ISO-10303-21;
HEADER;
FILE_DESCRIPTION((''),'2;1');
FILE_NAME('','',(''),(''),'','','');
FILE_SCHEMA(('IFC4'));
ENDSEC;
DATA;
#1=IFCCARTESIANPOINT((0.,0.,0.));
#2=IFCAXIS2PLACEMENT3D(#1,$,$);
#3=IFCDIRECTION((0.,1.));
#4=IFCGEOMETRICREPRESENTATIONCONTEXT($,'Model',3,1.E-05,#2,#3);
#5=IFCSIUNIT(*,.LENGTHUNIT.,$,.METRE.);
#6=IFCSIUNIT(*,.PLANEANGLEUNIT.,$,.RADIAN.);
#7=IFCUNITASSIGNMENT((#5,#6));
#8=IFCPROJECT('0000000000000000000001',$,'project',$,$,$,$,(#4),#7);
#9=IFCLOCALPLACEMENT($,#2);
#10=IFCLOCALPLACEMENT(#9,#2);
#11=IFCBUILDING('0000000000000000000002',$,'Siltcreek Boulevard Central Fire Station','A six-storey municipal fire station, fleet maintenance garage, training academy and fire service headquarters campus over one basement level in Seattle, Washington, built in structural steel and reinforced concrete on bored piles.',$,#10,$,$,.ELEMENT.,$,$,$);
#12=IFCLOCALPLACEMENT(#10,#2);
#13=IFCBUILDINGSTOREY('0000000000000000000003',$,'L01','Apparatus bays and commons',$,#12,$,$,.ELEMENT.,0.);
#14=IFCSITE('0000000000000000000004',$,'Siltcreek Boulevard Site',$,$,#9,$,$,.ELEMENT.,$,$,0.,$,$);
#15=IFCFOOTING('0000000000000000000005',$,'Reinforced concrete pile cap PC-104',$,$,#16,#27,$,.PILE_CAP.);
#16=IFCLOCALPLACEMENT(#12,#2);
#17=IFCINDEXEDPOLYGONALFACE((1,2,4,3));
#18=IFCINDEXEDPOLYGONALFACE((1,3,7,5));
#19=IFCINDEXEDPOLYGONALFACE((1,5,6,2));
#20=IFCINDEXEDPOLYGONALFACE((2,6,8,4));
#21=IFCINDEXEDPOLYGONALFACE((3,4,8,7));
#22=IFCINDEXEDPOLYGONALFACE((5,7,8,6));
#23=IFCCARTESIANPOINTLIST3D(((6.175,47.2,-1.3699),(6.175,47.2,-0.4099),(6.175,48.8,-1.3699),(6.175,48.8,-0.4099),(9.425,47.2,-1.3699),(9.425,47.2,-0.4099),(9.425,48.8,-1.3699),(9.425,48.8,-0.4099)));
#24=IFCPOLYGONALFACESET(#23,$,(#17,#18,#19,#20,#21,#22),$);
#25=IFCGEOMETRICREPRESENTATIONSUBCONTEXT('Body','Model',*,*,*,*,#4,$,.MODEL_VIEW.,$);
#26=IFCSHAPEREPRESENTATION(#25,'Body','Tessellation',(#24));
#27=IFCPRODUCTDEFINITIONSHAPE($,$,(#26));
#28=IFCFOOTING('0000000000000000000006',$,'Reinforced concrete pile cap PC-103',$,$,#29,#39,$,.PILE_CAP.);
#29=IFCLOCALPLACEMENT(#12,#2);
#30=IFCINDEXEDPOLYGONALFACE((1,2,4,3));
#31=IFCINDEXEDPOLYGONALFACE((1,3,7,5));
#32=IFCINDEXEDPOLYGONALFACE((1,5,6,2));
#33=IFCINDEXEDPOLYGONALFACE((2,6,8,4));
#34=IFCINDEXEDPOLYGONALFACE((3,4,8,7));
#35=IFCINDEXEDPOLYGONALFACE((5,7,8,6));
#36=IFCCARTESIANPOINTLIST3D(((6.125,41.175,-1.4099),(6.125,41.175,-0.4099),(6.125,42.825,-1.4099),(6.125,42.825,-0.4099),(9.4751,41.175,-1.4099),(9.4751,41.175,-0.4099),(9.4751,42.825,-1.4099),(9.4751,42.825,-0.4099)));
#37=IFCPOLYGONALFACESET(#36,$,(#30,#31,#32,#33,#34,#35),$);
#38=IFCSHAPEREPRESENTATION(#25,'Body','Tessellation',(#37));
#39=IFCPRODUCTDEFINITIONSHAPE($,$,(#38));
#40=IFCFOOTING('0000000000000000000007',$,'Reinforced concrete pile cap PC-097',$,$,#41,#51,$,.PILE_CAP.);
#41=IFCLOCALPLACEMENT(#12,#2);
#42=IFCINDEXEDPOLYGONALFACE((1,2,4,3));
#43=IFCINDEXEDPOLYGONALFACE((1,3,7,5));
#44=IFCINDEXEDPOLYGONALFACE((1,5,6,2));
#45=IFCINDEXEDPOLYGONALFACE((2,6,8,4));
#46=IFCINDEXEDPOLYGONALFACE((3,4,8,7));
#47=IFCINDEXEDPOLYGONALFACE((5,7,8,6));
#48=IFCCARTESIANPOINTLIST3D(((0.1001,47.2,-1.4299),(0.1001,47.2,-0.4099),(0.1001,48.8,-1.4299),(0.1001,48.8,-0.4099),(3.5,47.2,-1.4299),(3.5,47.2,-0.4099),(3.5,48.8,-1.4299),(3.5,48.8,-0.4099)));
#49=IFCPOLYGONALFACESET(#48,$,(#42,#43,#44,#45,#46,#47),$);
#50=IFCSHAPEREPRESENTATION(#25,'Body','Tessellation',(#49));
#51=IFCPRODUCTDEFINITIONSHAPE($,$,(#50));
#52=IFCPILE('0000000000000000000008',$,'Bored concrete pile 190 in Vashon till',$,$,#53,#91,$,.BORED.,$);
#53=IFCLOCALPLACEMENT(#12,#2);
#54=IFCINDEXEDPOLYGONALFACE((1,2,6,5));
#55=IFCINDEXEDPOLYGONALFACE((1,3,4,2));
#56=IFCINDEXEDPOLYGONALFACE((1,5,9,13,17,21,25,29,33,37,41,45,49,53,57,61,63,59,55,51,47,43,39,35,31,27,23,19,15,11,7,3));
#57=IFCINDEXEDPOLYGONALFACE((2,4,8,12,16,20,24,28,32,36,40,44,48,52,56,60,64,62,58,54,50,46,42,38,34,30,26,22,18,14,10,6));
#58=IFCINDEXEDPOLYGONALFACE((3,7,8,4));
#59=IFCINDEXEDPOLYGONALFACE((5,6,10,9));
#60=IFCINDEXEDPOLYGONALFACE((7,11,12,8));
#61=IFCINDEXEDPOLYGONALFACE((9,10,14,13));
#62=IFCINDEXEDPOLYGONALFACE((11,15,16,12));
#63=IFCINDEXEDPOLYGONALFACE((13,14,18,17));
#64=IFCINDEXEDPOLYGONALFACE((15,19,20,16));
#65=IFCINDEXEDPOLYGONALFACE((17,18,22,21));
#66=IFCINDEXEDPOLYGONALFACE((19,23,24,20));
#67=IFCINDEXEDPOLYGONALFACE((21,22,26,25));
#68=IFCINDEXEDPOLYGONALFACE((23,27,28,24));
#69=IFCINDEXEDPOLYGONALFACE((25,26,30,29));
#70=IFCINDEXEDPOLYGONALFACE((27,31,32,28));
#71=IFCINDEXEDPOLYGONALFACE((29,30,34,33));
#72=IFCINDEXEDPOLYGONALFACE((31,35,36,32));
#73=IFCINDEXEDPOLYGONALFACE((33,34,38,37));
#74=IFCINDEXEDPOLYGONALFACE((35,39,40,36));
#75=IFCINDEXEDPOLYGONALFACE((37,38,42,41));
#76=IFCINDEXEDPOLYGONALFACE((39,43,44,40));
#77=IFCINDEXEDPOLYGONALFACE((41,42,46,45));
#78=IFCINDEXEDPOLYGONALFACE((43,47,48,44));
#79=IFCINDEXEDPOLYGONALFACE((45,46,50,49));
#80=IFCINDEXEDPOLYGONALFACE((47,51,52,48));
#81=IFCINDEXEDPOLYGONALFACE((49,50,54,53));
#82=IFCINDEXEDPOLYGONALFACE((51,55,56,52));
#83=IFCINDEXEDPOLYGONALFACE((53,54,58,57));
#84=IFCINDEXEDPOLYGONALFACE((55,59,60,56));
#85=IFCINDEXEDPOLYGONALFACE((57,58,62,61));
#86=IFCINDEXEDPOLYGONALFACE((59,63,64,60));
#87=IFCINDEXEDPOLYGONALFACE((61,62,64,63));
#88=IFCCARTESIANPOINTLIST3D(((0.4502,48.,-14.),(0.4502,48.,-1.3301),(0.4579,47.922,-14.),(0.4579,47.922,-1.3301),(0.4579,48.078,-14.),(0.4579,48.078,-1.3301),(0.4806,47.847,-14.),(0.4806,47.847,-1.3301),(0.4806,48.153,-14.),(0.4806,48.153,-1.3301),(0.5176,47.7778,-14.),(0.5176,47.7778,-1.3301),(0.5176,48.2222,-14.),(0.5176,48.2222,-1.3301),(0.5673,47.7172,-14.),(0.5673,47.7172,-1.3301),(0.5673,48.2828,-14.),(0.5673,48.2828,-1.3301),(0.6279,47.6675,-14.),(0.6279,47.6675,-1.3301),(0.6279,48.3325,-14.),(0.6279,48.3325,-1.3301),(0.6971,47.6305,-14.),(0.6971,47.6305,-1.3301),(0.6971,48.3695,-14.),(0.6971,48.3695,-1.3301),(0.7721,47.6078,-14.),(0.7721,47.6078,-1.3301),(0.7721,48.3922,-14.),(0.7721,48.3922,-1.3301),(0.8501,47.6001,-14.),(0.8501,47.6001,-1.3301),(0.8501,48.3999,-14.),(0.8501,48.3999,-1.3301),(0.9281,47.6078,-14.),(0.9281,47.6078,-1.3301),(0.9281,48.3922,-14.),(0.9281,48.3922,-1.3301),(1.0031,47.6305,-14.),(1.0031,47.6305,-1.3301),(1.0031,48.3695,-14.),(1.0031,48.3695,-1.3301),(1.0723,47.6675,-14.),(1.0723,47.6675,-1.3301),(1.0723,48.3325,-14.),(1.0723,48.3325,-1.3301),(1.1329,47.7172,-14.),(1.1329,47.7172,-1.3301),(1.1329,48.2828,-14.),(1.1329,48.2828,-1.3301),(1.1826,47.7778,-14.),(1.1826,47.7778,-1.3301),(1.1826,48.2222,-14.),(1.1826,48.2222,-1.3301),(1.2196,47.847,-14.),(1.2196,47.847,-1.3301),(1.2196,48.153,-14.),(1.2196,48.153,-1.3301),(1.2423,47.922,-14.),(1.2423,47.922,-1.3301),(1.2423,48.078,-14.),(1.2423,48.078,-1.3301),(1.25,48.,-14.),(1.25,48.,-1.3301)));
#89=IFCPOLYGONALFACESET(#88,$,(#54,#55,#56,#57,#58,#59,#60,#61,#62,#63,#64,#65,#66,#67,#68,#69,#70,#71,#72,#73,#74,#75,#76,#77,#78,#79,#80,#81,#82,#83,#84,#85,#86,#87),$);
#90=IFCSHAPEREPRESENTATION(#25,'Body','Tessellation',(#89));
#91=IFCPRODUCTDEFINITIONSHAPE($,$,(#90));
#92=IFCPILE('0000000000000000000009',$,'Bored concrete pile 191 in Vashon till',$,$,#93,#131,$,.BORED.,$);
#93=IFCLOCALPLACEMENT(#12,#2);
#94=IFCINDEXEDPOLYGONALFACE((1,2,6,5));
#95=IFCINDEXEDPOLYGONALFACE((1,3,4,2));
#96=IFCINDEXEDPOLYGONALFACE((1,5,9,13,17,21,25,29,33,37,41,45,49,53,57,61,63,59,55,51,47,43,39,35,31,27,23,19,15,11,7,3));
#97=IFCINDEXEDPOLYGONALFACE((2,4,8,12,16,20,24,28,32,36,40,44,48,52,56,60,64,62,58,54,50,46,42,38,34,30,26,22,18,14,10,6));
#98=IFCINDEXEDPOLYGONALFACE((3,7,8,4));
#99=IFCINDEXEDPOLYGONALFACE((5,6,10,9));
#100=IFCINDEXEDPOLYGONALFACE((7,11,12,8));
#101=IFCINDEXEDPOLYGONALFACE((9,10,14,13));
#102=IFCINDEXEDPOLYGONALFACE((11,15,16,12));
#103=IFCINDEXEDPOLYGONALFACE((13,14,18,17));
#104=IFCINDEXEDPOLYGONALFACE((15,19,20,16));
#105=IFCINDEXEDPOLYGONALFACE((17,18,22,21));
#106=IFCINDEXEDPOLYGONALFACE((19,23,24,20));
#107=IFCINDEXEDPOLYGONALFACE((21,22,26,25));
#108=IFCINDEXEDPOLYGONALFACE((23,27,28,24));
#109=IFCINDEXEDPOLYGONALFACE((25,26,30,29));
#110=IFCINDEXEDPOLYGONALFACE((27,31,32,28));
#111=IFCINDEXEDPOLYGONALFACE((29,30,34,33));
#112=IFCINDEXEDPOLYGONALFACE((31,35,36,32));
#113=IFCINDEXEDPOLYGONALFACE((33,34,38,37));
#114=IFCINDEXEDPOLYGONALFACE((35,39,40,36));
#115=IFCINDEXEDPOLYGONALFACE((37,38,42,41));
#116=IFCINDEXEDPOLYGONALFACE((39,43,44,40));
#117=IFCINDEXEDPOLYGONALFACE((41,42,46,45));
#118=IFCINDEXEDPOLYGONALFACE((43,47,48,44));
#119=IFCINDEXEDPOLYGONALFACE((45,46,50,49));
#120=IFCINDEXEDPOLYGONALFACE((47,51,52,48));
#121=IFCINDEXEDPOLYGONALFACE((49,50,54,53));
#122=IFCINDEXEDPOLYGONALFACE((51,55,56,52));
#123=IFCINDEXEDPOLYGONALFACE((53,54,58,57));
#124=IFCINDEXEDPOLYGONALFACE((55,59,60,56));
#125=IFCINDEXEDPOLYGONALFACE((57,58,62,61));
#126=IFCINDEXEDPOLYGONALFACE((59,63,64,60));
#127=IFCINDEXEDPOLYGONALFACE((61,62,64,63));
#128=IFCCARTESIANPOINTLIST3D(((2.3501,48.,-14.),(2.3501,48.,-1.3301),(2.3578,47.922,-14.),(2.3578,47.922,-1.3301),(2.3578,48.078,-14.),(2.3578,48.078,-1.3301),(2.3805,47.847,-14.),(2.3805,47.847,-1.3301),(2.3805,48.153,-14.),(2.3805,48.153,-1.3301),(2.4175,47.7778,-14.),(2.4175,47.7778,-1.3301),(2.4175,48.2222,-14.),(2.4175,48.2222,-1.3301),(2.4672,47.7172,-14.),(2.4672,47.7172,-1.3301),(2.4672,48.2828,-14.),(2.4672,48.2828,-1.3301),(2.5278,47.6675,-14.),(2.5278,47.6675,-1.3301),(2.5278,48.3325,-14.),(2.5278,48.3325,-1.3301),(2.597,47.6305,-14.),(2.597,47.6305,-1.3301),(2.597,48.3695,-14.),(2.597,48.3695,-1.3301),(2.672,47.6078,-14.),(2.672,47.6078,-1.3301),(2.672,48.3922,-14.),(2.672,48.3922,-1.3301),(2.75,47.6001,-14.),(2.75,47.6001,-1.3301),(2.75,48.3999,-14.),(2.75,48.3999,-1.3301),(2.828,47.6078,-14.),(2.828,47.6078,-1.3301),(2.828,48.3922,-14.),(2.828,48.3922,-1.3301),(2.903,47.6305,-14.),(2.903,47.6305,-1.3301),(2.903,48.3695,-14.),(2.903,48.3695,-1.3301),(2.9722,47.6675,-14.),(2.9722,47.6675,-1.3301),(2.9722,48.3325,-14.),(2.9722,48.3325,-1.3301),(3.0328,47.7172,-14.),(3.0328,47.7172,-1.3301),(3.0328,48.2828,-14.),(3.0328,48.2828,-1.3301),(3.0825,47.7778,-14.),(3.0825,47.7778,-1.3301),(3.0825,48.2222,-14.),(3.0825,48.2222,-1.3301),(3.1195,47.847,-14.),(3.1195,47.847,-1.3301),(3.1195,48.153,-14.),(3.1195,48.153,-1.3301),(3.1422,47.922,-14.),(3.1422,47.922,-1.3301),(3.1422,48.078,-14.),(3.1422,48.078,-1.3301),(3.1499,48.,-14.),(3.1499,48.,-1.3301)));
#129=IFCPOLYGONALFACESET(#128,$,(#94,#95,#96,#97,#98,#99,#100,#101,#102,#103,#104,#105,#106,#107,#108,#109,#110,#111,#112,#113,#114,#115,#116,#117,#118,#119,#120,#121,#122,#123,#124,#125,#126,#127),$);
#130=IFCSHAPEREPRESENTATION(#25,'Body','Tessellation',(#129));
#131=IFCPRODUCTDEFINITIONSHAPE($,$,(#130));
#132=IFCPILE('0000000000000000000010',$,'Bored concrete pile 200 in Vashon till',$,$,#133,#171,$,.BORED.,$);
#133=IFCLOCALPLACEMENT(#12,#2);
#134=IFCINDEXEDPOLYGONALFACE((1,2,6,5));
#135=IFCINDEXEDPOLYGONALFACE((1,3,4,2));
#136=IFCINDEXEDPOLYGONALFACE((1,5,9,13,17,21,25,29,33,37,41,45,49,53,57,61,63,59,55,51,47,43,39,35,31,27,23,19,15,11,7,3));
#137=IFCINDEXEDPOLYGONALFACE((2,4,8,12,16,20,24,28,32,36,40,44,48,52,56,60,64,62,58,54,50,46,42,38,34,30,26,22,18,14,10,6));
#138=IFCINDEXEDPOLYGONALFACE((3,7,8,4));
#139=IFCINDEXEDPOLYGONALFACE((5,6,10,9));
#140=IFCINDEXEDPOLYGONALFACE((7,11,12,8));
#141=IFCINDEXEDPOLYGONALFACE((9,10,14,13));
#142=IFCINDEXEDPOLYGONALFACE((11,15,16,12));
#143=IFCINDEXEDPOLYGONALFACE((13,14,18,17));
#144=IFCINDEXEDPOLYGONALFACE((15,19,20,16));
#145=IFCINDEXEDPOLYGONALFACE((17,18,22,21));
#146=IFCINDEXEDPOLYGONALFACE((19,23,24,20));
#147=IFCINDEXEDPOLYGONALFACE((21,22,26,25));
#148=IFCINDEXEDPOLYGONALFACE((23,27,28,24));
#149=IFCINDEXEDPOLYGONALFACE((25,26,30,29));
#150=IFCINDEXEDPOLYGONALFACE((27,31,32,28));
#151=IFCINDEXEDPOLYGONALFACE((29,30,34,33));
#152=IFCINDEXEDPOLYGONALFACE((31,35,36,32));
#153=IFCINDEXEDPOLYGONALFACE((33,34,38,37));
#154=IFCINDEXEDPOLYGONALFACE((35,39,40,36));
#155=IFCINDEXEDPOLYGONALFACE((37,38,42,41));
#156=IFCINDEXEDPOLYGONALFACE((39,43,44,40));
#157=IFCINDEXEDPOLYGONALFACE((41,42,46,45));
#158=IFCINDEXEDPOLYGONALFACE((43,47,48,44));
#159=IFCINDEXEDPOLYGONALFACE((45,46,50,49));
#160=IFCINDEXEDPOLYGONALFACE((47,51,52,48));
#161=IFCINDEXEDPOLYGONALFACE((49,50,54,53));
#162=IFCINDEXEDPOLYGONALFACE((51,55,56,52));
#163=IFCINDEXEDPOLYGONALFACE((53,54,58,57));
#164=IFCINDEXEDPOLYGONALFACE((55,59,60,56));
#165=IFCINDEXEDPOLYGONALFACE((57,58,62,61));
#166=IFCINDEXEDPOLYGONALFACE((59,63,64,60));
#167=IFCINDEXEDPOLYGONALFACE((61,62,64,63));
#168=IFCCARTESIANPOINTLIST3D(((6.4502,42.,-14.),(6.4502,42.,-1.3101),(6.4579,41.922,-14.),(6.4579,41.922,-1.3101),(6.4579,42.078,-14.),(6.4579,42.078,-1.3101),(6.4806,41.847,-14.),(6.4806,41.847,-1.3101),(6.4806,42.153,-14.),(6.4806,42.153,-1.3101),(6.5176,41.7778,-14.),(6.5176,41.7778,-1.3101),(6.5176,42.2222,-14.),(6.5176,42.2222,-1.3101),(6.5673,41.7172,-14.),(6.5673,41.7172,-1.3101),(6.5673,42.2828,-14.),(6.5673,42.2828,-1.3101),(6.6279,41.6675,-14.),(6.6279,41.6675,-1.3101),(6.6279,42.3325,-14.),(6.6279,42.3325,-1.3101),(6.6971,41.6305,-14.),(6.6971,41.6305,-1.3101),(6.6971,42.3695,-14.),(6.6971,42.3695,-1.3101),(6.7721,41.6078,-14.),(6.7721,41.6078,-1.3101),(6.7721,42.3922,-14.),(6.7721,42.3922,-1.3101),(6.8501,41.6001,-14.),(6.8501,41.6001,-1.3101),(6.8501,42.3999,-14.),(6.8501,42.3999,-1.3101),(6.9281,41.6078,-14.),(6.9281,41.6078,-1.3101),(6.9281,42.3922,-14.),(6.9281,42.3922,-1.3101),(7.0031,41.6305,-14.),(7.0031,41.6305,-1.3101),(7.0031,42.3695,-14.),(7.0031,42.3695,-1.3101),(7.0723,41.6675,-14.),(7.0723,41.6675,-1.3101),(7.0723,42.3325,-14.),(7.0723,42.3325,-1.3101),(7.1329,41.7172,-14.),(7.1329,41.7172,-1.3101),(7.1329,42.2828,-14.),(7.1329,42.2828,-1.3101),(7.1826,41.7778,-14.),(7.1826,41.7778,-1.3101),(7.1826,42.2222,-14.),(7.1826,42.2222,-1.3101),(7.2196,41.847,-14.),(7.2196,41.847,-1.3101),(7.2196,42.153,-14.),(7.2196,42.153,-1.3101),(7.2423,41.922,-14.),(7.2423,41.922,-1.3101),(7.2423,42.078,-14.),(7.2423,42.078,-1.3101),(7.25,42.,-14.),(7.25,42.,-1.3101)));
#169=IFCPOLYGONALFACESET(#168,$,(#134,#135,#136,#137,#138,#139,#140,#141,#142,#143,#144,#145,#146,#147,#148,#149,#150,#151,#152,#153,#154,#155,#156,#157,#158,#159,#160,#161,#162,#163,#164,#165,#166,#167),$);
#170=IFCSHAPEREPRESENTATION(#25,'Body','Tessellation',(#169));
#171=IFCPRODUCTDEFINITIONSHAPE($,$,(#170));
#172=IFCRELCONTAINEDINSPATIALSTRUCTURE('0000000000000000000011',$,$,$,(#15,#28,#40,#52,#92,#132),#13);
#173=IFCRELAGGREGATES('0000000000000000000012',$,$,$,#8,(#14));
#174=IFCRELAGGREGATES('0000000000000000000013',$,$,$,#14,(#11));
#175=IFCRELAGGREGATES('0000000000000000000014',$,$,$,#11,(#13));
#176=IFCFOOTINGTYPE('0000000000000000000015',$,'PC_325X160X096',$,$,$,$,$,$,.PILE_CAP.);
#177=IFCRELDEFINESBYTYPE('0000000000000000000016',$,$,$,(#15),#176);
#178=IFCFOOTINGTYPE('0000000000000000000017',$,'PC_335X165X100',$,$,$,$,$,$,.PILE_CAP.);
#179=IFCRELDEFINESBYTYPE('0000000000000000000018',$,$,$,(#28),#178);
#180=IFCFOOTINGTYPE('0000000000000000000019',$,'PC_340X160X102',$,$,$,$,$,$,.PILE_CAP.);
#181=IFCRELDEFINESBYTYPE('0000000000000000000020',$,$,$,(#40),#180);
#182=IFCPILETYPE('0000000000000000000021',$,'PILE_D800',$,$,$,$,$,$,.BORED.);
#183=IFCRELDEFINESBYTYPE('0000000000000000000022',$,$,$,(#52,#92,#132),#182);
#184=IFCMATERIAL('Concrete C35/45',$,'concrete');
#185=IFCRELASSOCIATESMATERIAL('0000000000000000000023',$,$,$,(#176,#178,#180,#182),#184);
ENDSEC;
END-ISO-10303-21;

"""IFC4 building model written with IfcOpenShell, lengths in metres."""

from ifc_helpers import new_model, si_unit, direction, frame, origin, origin_2d, place, context, subcontext, project, spatial, rectangle, circle, extrude, material, material_profile, profile_set, type_object, element, save


model = new_model("IFC4")

# Units and contexts
model_context = context("Model", 3, precision=1e-05, world=origin(), true_north=direction((0.0, 1.0)))
body_context = subcontext(model_context, "Body", "Model", "MODEL_VIEW")
ifc_project = project(units=[si_unit("LENGTHUNIT", "METRE"), si_unit("PLANEANGLEUNIT", "RADIAN")], contexts=[model_context])

# Site, building, storey
site_placement = place(None, origin())
site = spatial("IfcSite", under=ifc_project, at=site_placement, Name="Siltcreek Boulevard Site", CompositionType="ELEMENT", RefElevation=0.0)
building_placement = place(site_placement, origin())
building = spatial("IfcBuilding", under=site, at=building_placement, Name="Siltcreek Boulevard Central Fire Station", Description="A six-storey municipal fire station, fleet maintenance garage, training academy and fire service headquarters campus over one basement level in Seattle, Washington, built in structural steel and reinforced concrete on bored piles.", CompositionType="ELEMENT")
storey_placement = place(building_placement, origin())
storey = spatial("IfcBuildingStorey", under=building, at=storey_placement, Name="L01", Description="Apparatus bays and commons", CompositionType="ELEMENT", Elevation=0.0)

# Footings
ifc_material_1 = material(Name="Concrete C35/45", Category="concrete")
footing_type_1 = type_object("IfcFootingType", Name="PC_325X160X096", PredefinedType="PILE_CAP", material=ifc_material_1)
footing_1_placement = place(storey_placement, frame((7.8, 48.0, -1.3699), z_axis=(0.0, 0.0, 1.0), x_axis=(1.0, 0.0, 0.0)))
element("IfcFooting", 1, at=footing_1_placement, inside=storey, type_object=footing_type_1, Name="Reinforced concrete pile cap PC-104", PredefinedType="PILE_CAP", context=body_context, shape_type="SweptSolid", body=[
    extrude(rectangle(XDim=3.25, YDim=1.6001, at=origin_2d()), origin(), (0.0, 0.0, 1.0), 0.96),
])
footing_type_2 = type_object("IfcFootingType", Name="PC_335X165X100", PredefinedType="PILE_CAP", material=ifc_material_1)
footing_2_placement = place(storey_placement, frame((7.8, 42.0, -1.4099), z_axis=(0.0, 0.0, 1.0), x_axis=(1.0, 0.0, 0.0)))
element("IfcFooting", 2, at=footing_2_placement, inside=storey, type_object=footing_type_2, Name="Reinforced concrete pile cap PC-103", PredefinedType="PILE_CAP", context=body_context, shape_type="SweptSolid", body=[
    extrude(rectangle(XDim=3.3501, YDim=1.6499, at=origin_2d()), origin(), (0.0, 0.0, 1.0), 1.0),
])
footing_type_3 = type_object("IfcFootingType", Name="PC_340X160X102", PredefinedType="PILE_CAP", material=ifc_material_1)
footing_3_placement = place(storey_placement, frame((1.8, 48.0, -1.4299), z_axis=(0.0, 0.0, 1.0), x_axis=(1.0, 0.0, 0.0)))
element("IfcFooting", 3, at=footing_3_placement, inside=storey, type_object=footing_type_3, Name="Reinforced concrete pile cap PC-097", PredefinedType="PILE_CAP", context=body_context, shape_type="SweptSolid", body=[
    extrude(rectangle(XDim=3.3999, YDim=1.6001, at=origin_2d()), origin(), (0.0, 0.0, 1.0), 1.02),
])

# Piles
ifc_material_profile_1 = material_profile(ifc_material_1, circle(Radius=0.3999, at=origin_2d()), Name="SHAFT800")
ifc_profile_set_1 = profile_set([ifc_material_profile_1], Name="Concrete C35/45")
pile_type_1 = type_object("IfcPileType", Name="PILE_D800", PredefinedType="BORED", material=ifc_profile_set_1)
for number, where, z_axis, x_axis, name in (
    (4, (0.8501, 48.0, -1.3301), (0.0, 0.0, -1.0), (1.0, 0.0, 0.0), "Bored concrete pile 190 in Vashon till"),
    (5, (2.75, 48.0, -1.3301), (0.0, 0.0, -1.0), (1.0, 0.0, 0.0), "Bored concrete pile 191 in Vashon till"),
):
    element("IfcPile", number, at=place(storey_placement, frame(where, z_axis=z_axis, x_axis=x_axis)), inside=storey, type_object=pile_type_1, Name=name, PredefinedType="BORED", context=body_context, shape_type="SweptSolid", body=[
        extrude(circle(Radius=0.3999, at=origin_2d()), origin(), (0.0, 0.0, 1.0), 12.6699),
    ])
pile_1_placement = place(storey_placement, frame((6.8501, 42.0, -1.3101), z_axis=(0.0, 0.0, -1.0), x_axis=(1.0, 0.0, 0.0)))
element("IfcPile", 6, at=pile_1_placement, inside=storey, type_object=pile_type_1, Name="Bored concrete pile 200 in Vashon till", PredefinedType="BORED", context=body_context, shape_type="SweptSolid", body=[
    extrude(circle(Radius=0.3999, at=origin_2d()), origin(), (0.0, 0.0, 1.0), 12.6899),
])

save(model, "model.ifc")
